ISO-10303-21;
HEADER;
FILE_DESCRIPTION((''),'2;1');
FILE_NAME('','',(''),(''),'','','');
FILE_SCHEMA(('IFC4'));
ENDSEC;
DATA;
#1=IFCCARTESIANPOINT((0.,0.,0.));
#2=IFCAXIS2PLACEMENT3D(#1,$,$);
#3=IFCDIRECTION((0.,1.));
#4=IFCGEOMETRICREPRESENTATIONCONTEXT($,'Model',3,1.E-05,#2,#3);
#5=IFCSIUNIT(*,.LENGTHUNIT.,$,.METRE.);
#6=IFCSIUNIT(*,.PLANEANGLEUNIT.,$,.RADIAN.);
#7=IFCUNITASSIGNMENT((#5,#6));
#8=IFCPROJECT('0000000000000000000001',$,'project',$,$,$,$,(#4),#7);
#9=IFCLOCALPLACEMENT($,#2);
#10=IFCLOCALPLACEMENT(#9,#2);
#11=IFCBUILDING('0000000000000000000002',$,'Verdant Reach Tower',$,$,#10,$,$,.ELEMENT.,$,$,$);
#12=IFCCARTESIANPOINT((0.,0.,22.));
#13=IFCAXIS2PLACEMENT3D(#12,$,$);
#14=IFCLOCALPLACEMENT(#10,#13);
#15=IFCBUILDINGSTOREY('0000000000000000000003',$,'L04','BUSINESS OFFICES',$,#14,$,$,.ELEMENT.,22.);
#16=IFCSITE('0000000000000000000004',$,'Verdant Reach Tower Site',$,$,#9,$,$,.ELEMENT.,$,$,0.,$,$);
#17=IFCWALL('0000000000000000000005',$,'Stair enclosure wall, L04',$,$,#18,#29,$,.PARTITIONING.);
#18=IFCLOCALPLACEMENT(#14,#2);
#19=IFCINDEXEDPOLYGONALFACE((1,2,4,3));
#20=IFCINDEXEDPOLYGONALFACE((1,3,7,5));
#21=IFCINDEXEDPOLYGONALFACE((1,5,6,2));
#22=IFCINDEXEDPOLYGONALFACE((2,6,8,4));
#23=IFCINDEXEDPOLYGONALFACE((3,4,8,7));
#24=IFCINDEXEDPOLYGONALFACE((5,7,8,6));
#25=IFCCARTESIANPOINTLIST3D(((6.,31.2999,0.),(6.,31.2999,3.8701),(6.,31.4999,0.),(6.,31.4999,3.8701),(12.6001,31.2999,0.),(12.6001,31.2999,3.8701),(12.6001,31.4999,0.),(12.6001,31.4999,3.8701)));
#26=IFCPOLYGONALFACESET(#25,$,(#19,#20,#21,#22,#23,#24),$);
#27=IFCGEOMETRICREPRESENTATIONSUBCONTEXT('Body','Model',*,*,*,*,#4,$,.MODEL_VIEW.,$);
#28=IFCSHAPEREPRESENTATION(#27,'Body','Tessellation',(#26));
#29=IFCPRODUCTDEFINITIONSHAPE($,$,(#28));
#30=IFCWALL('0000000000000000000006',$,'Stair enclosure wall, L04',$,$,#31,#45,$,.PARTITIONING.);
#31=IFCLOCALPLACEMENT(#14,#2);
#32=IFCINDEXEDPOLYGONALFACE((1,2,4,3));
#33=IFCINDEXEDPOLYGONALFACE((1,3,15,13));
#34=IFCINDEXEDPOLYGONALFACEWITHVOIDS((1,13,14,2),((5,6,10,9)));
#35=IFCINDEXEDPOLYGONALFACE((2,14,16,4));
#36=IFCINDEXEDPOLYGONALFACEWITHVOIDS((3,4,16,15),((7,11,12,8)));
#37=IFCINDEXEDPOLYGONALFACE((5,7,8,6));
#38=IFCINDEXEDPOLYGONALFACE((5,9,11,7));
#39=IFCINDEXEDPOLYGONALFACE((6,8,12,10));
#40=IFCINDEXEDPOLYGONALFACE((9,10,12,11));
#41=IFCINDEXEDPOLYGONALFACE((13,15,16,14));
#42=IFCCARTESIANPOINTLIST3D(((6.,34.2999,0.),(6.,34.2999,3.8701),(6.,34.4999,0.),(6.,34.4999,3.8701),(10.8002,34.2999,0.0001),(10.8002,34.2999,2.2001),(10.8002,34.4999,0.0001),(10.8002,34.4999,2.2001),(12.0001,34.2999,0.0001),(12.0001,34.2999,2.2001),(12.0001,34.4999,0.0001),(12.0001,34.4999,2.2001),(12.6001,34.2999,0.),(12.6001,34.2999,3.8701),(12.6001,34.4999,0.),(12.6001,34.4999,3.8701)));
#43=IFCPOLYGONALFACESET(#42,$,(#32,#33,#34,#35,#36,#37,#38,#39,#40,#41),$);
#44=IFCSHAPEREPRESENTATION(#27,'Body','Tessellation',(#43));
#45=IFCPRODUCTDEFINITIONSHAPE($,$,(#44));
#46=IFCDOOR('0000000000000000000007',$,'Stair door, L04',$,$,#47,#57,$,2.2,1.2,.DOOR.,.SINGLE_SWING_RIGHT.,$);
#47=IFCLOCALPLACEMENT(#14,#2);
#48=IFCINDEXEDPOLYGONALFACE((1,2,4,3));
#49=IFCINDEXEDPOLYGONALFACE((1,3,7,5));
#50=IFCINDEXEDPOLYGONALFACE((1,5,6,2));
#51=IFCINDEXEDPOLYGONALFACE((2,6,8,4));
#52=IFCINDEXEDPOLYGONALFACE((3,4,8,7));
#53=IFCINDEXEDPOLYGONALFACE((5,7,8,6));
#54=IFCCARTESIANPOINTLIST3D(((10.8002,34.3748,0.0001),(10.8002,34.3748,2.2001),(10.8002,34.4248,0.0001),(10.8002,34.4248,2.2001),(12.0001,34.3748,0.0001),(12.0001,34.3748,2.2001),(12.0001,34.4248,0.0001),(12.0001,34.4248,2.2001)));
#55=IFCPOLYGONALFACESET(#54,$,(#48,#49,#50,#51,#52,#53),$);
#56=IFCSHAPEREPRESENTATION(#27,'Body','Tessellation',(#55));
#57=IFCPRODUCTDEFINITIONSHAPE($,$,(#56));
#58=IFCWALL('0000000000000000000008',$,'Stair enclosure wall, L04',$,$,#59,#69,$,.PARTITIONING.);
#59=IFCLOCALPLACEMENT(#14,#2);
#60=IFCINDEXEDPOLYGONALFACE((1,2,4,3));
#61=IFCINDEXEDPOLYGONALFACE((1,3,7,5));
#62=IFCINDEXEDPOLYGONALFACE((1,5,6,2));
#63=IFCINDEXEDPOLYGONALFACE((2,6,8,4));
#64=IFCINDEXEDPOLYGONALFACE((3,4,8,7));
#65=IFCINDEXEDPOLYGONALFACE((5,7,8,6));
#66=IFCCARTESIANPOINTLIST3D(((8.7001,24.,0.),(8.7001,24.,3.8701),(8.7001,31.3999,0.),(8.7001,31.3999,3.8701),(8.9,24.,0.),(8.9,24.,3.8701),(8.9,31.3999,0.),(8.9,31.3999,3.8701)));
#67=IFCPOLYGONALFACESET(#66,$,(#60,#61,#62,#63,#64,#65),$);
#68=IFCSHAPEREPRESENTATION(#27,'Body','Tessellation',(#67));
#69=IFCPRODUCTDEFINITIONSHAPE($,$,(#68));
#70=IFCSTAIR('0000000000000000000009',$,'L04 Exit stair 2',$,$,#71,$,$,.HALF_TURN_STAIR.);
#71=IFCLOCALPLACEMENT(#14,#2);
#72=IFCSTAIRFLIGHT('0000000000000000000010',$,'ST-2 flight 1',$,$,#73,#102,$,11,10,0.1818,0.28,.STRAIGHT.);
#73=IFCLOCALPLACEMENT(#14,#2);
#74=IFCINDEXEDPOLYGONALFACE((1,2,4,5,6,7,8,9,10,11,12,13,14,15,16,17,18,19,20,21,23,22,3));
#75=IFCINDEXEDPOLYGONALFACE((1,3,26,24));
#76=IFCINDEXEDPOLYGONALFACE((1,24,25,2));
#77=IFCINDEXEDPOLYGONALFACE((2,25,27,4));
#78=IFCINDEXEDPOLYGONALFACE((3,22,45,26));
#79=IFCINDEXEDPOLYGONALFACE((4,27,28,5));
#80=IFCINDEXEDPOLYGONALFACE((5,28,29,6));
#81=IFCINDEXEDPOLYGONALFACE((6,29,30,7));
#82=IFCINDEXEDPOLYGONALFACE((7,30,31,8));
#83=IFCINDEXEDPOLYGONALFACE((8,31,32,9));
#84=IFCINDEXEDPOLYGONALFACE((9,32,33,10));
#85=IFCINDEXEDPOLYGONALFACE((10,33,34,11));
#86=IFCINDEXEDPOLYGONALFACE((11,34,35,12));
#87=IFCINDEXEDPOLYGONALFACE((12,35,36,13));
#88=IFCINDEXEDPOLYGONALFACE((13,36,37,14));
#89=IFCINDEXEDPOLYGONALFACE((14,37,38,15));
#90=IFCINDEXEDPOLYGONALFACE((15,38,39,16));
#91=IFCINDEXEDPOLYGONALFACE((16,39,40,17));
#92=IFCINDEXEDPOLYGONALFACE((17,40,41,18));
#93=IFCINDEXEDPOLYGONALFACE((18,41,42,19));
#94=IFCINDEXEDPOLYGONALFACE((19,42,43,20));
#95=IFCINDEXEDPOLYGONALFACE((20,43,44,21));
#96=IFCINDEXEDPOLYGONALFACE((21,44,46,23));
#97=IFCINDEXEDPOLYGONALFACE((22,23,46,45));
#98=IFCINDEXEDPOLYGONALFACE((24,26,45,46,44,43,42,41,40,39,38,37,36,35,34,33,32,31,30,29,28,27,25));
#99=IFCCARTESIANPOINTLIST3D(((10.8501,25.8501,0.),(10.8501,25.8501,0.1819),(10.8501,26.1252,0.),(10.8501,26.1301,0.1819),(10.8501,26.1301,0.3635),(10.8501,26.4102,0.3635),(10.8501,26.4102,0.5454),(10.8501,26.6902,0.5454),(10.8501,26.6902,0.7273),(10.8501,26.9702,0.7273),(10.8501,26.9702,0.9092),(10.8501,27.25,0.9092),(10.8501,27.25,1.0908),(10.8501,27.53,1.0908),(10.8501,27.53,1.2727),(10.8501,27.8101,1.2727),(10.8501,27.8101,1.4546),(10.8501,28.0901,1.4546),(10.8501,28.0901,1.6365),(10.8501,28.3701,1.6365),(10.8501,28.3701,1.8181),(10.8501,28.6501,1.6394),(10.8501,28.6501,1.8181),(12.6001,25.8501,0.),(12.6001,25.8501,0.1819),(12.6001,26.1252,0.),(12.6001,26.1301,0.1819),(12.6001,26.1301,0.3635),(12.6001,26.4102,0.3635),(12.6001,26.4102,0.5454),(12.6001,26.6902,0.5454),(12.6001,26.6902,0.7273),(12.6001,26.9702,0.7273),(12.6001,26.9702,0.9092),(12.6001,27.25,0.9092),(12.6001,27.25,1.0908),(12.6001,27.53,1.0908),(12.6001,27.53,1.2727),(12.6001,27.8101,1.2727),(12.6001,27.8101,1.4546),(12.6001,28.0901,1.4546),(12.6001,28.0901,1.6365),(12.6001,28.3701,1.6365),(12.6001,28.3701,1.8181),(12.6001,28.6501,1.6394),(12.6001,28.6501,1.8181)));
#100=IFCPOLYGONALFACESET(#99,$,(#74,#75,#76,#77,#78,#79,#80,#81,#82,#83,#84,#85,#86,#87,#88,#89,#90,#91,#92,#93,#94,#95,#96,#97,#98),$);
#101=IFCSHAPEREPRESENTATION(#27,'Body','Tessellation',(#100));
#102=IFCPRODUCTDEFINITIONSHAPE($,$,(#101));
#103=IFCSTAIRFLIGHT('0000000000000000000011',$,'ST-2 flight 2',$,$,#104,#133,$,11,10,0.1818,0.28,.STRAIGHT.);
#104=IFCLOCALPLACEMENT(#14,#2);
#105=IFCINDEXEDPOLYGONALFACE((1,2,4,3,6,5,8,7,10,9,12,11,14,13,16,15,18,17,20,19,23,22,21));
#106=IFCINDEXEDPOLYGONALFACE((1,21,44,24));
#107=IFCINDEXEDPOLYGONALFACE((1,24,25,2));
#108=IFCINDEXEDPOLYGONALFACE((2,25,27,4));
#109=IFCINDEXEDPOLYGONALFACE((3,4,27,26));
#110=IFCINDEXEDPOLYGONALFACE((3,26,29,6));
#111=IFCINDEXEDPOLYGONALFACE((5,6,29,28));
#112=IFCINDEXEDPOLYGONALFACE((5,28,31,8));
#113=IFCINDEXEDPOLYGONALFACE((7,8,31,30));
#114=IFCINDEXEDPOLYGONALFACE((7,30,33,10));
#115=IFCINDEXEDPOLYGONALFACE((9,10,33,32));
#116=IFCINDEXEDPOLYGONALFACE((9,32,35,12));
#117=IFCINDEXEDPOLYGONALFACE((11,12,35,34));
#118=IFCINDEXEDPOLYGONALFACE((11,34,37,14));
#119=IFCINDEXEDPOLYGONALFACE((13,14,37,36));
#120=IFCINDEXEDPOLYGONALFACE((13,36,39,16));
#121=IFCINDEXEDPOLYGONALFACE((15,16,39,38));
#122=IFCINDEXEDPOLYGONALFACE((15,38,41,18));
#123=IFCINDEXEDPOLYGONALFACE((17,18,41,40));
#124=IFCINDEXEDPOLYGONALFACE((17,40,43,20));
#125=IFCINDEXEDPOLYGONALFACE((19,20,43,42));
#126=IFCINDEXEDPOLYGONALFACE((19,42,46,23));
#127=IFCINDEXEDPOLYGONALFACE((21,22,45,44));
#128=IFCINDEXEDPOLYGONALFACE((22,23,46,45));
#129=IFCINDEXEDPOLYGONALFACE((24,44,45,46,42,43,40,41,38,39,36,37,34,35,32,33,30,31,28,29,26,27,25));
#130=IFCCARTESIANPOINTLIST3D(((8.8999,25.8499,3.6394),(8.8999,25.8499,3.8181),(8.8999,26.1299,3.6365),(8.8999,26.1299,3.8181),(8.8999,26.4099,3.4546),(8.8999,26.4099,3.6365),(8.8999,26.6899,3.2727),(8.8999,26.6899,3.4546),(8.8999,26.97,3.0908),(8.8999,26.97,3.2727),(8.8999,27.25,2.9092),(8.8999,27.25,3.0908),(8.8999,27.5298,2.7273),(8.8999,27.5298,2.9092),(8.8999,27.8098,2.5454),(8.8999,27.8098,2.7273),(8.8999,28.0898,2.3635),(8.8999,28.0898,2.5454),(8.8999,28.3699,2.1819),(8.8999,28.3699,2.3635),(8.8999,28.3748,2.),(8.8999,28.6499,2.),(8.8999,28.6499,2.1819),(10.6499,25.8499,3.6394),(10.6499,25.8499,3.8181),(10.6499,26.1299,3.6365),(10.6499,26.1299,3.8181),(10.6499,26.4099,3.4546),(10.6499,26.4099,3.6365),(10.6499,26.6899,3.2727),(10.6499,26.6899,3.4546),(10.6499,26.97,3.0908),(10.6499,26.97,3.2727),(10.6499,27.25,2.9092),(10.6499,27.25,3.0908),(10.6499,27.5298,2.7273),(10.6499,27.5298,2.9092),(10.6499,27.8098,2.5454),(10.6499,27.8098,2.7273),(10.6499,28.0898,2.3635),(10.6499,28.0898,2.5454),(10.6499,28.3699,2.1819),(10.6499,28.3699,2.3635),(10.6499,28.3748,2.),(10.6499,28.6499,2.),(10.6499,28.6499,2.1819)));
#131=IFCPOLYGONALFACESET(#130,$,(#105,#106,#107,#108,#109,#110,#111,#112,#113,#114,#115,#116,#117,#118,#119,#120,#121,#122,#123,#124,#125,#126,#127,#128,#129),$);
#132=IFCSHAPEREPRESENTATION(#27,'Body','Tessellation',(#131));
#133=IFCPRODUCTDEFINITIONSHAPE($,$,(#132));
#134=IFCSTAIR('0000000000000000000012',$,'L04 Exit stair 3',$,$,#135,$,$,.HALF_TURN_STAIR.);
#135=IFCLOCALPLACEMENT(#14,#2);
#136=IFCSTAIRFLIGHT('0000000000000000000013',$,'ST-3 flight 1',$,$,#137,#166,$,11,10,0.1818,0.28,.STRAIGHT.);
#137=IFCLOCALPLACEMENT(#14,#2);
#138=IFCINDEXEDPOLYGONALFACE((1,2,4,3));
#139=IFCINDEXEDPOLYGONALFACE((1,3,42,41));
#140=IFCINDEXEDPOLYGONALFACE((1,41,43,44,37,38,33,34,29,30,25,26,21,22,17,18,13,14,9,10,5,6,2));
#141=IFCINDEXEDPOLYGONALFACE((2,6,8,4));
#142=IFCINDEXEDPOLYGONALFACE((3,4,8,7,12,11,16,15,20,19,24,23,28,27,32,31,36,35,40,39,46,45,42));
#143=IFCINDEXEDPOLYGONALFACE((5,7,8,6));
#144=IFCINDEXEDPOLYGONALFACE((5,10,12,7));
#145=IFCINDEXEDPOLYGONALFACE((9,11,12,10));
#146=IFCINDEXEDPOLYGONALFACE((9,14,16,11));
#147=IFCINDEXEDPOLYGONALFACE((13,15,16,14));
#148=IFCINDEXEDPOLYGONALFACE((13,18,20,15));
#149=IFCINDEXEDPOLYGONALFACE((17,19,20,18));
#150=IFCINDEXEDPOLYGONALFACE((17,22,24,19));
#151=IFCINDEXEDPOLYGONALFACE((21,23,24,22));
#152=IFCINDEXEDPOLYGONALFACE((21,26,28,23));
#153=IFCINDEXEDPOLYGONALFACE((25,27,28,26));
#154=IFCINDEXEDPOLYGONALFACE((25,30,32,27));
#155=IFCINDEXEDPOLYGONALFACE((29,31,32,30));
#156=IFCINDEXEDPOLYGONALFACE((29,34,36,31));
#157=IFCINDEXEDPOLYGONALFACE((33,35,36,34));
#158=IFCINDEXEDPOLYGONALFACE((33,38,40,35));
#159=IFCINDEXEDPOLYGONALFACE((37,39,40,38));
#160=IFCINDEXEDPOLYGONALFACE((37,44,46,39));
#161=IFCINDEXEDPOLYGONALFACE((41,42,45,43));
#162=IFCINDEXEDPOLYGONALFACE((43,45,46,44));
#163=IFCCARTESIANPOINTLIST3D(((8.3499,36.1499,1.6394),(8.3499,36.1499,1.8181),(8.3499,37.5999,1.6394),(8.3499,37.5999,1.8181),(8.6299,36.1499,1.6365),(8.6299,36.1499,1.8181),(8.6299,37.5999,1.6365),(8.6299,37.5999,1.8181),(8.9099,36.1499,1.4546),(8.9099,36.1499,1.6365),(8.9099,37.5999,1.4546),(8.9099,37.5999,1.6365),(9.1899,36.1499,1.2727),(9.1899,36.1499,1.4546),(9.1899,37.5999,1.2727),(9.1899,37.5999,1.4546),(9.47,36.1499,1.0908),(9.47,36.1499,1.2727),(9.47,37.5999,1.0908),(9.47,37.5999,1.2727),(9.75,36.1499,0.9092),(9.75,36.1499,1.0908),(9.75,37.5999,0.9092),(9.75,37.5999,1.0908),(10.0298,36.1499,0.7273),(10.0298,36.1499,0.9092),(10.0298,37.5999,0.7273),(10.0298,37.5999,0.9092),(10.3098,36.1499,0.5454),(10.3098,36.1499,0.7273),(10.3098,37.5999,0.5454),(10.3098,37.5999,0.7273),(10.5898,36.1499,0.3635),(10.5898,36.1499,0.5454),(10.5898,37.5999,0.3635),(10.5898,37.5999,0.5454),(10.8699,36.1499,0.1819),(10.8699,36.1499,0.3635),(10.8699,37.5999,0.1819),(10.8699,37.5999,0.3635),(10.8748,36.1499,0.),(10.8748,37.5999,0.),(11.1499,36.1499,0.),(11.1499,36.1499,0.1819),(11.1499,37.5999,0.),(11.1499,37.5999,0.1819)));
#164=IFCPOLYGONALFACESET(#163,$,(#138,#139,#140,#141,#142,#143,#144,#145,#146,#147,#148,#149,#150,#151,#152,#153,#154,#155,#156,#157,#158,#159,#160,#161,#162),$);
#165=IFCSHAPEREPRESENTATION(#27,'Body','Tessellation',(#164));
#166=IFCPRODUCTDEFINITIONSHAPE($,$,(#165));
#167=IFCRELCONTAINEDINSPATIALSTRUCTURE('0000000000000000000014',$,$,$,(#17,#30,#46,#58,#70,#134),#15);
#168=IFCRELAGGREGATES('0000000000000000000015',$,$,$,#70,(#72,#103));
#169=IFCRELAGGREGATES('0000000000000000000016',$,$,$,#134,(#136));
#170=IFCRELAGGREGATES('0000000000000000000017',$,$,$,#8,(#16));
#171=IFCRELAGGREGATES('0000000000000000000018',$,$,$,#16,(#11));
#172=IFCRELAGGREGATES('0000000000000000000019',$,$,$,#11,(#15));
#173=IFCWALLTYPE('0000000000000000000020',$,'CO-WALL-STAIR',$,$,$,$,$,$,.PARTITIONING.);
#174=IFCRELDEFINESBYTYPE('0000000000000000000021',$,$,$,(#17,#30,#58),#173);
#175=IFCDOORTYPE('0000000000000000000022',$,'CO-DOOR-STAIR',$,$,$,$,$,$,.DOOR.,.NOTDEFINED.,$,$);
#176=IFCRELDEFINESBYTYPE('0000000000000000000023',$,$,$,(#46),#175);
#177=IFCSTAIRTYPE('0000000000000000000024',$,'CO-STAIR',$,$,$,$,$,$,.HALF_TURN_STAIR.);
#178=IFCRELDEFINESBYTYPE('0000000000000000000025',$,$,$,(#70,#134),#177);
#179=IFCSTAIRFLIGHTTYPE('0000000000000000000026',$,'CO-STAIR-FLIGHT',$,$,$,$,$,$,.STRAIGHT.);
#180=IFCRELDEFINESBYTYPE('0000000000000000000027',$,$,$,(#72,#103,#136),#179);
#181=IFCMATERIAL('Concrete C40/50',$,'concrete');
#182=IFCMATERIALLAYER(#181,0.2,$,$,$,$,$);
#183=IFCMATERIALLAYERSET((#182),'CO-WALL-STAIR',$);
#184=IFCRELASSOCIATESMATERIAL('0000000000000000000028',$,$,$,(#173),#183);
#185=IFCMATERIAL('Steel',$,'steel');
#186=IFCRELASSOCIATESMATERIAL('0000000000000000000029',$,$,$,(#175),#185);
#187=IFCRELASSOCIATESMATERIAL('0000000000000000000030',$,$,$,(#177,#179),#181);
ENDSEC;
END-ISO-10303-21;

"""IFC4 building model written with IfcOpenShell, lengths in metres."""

from ifc_helpers import new_model, si_unit, direction, frame, frame_2d, origin, place, context, subcontext, project, spatial, polyline, rectangle, outline, extrude, material, layer, layer_set, type_object, element, fill, aggregate, save


model = new_model("IFC4")

# Units and contexts
model_context = context("Model", 3, precision=1e-05, world=origin(), true_north=direction((0.0, 1.0)))
body_context = subcontext(model_context, "Body", "Model", "MODEL_VIEW")
ifc_project = project(units=[si_unit("LENGTHUNIT", "METRE"), si_unit("PLANEANGLEUNIT", "RADIAN")], contexts=[model_context])

# Site, building, storey
site_placement = place(None, origin())
site = spatial("IfcSite", under=ifc_project, at=site_placement, Name="Verdant Reach Tower Site", CompositionType="ELEMENT", RefElevation=0.0)
building_placement = place(site_placement, origin())
building = spatial("IfcBuilding", under=site, at=building_placement, Name="Verdant Reach Tower", CompositionType="ELEMENT")
storey_placement = place(building_placement, frame((0.0, 0.0, 22.0)))
storey = spatial("IfcBuildingStorey", under=building, at=storey_placement, Name="L04", Description="BUSINESS OFFICES", CompositionType="ELEMENT", Elevation=22.0)

# Shared definitions
ifc_material_1 = material(Name="Concrete C40/50", Category="concrete")

# Shared definitions
ifc_layer_1 = layer(ifc_material_1, 0.2)
ifc_layer_set_1 = layer_set([ifc_layer_1], Name="CO-WALL-STAIR")
wall_type_1 = type_object("IfcWallType", Name="CO-WALL-STAIR", PredefinedType="PARTITIONING", material=ifc_layer_set_1)
ifc_material_2 = material(Name="Steel", Category="steel")
door_type_1 = type_object("IfcDoorType", Name="CO-DOOR-STAIR", OperationType="NOTDEFINED", PredefinedType="DOOR", material=ifc_material_2)

# Wall
wall_1_placement = place(storey_placement, frame((6.0, 31.3999, 0.0), z_axis=(0.0, 0.0, 1.0), x_axis=(1.0, 0.0, 0.0)))
element("IfcWall", 1, at=wall_1_placement, inside=storey, type_object=wall_type_1, Name="Stair enclosure wall, L04", PredefinedType="PARTITIONING", context=body_context, shape_type="SweptSolid", body=[
    extrude(rectangle(XDim=6.6001, YDim=0.2, at=frame_2d((3.3, 0.0))), origin(), (0.0, 0.0, 1.0), 3.8701),
])

# Wall, opening, door
wall_2_placement = place(storey_placement, frame((6.0, 34.3999, 0.0), z_axis=(0.0, 0.0, 1.0), x_axis=(1.0, 0.0, 0.0)))
wall_2 = element("IfcWall", 2, at=wall_2_placement, inside=storey, type_object=wall_type_1, Name="Stair enclosure wall, L04", PredefinedType="PARTITIONING", context=body_context, shape_type="SweptSolid", body=[
    extrude(rectangle(XDim=6.6001, YDim=0.2, at=frame_2d((3.3, 0.0))), origin(), (0.0, 0.0, 1.0), 3.8701),
])
opening_1_placement = place(wall_2_placement, frame((4.8, 0.0, 0.0)))
opening_1 = element("IfcOpeningElement", 3, at=opening_1_placement, cuts=wall_2, PredefinedType="OPENING", context=body_context, shape_type="SweptSolid", body=[
    extrude(rectangle(XDim=1.2, YDim=2.2, at=frame_2d((0.6001, 1.1001))), frame((0.0, 0.1099, 0.0), z_axis=(0.0, -1.0, 0.0), x_axis=(1.0, 0.0, 0.0)), (0.0, 0.0, 1.0), 0.22),
])
door_1_placement = place(opening_1_placement, origin())
door_1 = element("IfcDoor", 4, at=door_1_placement, inside=storey, type_object=door_type_1, Name="Stair door, L04", OperationType="SINGLE_SWING_RIGHT", OverallHeight=2.2, OverallWidth=1.2, PredefinedType="DOOR", context=body_context, shape_type="SweptSolid", body=[
    extrude(rectangle(XDim=1.2, YDim=2.2, at=frame_2d((0.6001, 1.1001))), frame((0.0, 0.0249, 0.0), z_axis=(0.0, -1.0, 0.0), x_axis=(1.0, 0.0, 0.0)), (0.0, 0.0, 1.0), 0.05),
])
fill(opening_1, door_1)

# Wall
wall_3_placement = place(storey_placement, frame((8.8, 24.0, 0.0), z_axis=(0.0, 0.0, 1.0), x_axis=(0.0, 1.0, 0.0)))
element("IfcWall", 5, at=wall_3_placement, inside=storey, type_object=wall_type_1, Name="Stair enclosure wall, L04", PredefinedType="PARTITIONING", context=body_context, shape_type="SweptSolid", body=[
    extrude(rectangle(XDim=7.3999, YDim=0.2, at=frame_2d((3.7, 0.0))), origin(), (0.0, 0.0, 1.0), 3.8701),
])

# Stairs, stair flights
stair_type = type_object("IfcStairType", Name="CO-STAIR", PredefinedType="HALF_TURN_STAIR", material=ifc_material_1)
stair_1_placement = place(storey_placement, origin())
stair_1 = element("IfcStair", 6, at=stair_1_placement, inside=storey, type_object=stair_type, Name="L04 Exit stair 2", PredefinedType="HALF_TURN_STAIR")
stair_flight_type = type_object("IfcStairFlightType", Name="CO-STAIR-FLIGHT", PredefinedType="STRAIGHT", material=ifc_material_1)
stair_flight_1_placement = place(storey_placement, frame((11.7251, 25.8501, 0.0), z_axis=(0.0, 0.0, 1.0), x_axis=(0.0, 1.0, 0.0)))
stair_flight_1 = element("IfcStairFlight", 7, at=stair_flight_1_placement, type_object=stair_flight_type, Name="ST-2 flight 1", NumberOfRisers=11, NumberOfTreads=10, PredefinedType="STRAIGHT", RiserHeight=0.1818, TreadLength=0.28, context=body_context, shape_type="SweptSolid", body=[
    extrude(outline(polyline([(0.0, 0.0), (0.0, 0.1819), (0.28, 0.1819), (0.28, 0.3635), (0.5601, 0.3635), (0.5601, 0.5454), (0.8401, 0.5454), (0.8401, 0.7273), (1.1201, 0.7273), (1.1201, 0.9092), (1.3999, 0.9092), (1.3999, 1.0908), (1.6799, 1.0908), (1.6799, 1.2727), (1.96, 1.2727), (1.96, 1.4546), (2.24, 1.4546), (2.24, 1.6365), (2.52, 1.6365), (2.52, 1.8181), (2.8, 1.8181), (2.8, 2.0), (2.8, 1.6394), (0.2751, 0.0), (0.0, 0.0)])), frame((0.0, 0.875, 0.0), z_axis=(0.0, -1.0, 0.0), x_axis=(1.0, 0.0, 0.0)), (0.0, 0.0, 1.0), 1.75),
])
stair_flight_2_placement = place(storey_placement, frame((9.7749, 28.6499, 2.0), z_axis=(0.0, 0.0, 1.0), x_axis=(0.0, -1.0, 0.0)))
stair_flight_2 = element("IfcStairFlight", 8, at=stair_flight_2_placement, type_object=stair_flight_type, Name="ST-2 flight 2", NumberOfRisers=11, NumberOfTreads=10, PredefinedType="STRAIGHT", RiserHeight=0.1818, TreadLength=0.28, context=body_context, shape_type="SweptSolid", body=[
    extrude(outline(polyline([(0.0, 0.0), (0.0, 0.1819), (0.28, 0.1819), (0.28, 0.3635), (0.5601, 0.3635), (0.5601, 0.5454), (0.8401, 0.5454), (0.8401, 0.7273), (1.1201, 0.7273), (1.1201, 0.9092), (1.3999, 0.9092), (1.3999, 1.0908), (1.6799, 1.0908), (1.6799, 1.2727), (1.96, 1.2727), (1.96, 1.4546), (2.24, 1.4546), (2.24, 1.6365), (2.52, 1.6365), (2.52, 1.8181), (2.8, 1.8181), (2.8, 2.0), (2.8, 1.6394), (0.2751, 0.0), (0.0, 0.0)])), frame((0.0, 0.875, 0.0), z_axis=(0.0, -1.0, 0.0), x_axis=(1.0, 0.0, 0.0)), (0.0, 0.0, 1.0), 1.75),
])
aggregate(stair_1, [stair_flight_1, stair_flight_2])
stair_2_placement = place(storey_placement, origin())
stair_2 = element("IfcStair", 9, at=stair_2_placement, inside=storey, type_object=stair_type, Name="L04 Exit stair 3", PredefinedType="HALF_TURN_STAIR")
stair_flight_3_placement = place(storey_placement, frame((11.1499, 36.875, 0.0), z_axis=(0.0, 0.0, 1.0), x_axis=(-1.0, 0.0, 0.0)))
stair_flight_3 = element("IfcStairFlight", 10, at=stair_flight_3_placement, type_object=stair_flight_type, Name="ST-3 flight 1", NumberOfRisers=11, NumberOfTreads=10, PredefinedType="STRAIGHT", RiserHeight=0.1818, TreadLength=0.28, context=body_context, shape_type="SweptSolid", body=[
    extrude(outline(polyline([(0.0, 0.0), (0.0, 0.1819), (0.28, 0.1819), (0.28, 0.3635), (0.5601, 0.3635), (0.5601, 0.5454), (0.8401, 0.5454), (0.8401, 0.7273), (1.1201, 0.7273), (1.1201, 0.9092), (1.3999, 0.9092), (1.3999, 1.0908), (1.6799, 1.0908), (1.6799, 1.2727), (1.96, 1.2727), (1.96, 1.4546), (2.24, 1.4546), (2.24, 1.6365), (2.52, 1.6365), (2.52, 1.8181), (2.8, 1.8181), (2.8, 2.0), (2.8, 1.6394), (0.2751, 0.0), (0.0, 0.0)])), frame((0.0, 0.7251, 0.0), z_axis=(0.0, -1.0, 0.0), x_axis=(1.0, 0.0, 0.0)), (0.0, 0.0, 1.0), 1.45),
])
aggregate(stair_2, [stair_flight_3])

save(model, "model.ifc")
